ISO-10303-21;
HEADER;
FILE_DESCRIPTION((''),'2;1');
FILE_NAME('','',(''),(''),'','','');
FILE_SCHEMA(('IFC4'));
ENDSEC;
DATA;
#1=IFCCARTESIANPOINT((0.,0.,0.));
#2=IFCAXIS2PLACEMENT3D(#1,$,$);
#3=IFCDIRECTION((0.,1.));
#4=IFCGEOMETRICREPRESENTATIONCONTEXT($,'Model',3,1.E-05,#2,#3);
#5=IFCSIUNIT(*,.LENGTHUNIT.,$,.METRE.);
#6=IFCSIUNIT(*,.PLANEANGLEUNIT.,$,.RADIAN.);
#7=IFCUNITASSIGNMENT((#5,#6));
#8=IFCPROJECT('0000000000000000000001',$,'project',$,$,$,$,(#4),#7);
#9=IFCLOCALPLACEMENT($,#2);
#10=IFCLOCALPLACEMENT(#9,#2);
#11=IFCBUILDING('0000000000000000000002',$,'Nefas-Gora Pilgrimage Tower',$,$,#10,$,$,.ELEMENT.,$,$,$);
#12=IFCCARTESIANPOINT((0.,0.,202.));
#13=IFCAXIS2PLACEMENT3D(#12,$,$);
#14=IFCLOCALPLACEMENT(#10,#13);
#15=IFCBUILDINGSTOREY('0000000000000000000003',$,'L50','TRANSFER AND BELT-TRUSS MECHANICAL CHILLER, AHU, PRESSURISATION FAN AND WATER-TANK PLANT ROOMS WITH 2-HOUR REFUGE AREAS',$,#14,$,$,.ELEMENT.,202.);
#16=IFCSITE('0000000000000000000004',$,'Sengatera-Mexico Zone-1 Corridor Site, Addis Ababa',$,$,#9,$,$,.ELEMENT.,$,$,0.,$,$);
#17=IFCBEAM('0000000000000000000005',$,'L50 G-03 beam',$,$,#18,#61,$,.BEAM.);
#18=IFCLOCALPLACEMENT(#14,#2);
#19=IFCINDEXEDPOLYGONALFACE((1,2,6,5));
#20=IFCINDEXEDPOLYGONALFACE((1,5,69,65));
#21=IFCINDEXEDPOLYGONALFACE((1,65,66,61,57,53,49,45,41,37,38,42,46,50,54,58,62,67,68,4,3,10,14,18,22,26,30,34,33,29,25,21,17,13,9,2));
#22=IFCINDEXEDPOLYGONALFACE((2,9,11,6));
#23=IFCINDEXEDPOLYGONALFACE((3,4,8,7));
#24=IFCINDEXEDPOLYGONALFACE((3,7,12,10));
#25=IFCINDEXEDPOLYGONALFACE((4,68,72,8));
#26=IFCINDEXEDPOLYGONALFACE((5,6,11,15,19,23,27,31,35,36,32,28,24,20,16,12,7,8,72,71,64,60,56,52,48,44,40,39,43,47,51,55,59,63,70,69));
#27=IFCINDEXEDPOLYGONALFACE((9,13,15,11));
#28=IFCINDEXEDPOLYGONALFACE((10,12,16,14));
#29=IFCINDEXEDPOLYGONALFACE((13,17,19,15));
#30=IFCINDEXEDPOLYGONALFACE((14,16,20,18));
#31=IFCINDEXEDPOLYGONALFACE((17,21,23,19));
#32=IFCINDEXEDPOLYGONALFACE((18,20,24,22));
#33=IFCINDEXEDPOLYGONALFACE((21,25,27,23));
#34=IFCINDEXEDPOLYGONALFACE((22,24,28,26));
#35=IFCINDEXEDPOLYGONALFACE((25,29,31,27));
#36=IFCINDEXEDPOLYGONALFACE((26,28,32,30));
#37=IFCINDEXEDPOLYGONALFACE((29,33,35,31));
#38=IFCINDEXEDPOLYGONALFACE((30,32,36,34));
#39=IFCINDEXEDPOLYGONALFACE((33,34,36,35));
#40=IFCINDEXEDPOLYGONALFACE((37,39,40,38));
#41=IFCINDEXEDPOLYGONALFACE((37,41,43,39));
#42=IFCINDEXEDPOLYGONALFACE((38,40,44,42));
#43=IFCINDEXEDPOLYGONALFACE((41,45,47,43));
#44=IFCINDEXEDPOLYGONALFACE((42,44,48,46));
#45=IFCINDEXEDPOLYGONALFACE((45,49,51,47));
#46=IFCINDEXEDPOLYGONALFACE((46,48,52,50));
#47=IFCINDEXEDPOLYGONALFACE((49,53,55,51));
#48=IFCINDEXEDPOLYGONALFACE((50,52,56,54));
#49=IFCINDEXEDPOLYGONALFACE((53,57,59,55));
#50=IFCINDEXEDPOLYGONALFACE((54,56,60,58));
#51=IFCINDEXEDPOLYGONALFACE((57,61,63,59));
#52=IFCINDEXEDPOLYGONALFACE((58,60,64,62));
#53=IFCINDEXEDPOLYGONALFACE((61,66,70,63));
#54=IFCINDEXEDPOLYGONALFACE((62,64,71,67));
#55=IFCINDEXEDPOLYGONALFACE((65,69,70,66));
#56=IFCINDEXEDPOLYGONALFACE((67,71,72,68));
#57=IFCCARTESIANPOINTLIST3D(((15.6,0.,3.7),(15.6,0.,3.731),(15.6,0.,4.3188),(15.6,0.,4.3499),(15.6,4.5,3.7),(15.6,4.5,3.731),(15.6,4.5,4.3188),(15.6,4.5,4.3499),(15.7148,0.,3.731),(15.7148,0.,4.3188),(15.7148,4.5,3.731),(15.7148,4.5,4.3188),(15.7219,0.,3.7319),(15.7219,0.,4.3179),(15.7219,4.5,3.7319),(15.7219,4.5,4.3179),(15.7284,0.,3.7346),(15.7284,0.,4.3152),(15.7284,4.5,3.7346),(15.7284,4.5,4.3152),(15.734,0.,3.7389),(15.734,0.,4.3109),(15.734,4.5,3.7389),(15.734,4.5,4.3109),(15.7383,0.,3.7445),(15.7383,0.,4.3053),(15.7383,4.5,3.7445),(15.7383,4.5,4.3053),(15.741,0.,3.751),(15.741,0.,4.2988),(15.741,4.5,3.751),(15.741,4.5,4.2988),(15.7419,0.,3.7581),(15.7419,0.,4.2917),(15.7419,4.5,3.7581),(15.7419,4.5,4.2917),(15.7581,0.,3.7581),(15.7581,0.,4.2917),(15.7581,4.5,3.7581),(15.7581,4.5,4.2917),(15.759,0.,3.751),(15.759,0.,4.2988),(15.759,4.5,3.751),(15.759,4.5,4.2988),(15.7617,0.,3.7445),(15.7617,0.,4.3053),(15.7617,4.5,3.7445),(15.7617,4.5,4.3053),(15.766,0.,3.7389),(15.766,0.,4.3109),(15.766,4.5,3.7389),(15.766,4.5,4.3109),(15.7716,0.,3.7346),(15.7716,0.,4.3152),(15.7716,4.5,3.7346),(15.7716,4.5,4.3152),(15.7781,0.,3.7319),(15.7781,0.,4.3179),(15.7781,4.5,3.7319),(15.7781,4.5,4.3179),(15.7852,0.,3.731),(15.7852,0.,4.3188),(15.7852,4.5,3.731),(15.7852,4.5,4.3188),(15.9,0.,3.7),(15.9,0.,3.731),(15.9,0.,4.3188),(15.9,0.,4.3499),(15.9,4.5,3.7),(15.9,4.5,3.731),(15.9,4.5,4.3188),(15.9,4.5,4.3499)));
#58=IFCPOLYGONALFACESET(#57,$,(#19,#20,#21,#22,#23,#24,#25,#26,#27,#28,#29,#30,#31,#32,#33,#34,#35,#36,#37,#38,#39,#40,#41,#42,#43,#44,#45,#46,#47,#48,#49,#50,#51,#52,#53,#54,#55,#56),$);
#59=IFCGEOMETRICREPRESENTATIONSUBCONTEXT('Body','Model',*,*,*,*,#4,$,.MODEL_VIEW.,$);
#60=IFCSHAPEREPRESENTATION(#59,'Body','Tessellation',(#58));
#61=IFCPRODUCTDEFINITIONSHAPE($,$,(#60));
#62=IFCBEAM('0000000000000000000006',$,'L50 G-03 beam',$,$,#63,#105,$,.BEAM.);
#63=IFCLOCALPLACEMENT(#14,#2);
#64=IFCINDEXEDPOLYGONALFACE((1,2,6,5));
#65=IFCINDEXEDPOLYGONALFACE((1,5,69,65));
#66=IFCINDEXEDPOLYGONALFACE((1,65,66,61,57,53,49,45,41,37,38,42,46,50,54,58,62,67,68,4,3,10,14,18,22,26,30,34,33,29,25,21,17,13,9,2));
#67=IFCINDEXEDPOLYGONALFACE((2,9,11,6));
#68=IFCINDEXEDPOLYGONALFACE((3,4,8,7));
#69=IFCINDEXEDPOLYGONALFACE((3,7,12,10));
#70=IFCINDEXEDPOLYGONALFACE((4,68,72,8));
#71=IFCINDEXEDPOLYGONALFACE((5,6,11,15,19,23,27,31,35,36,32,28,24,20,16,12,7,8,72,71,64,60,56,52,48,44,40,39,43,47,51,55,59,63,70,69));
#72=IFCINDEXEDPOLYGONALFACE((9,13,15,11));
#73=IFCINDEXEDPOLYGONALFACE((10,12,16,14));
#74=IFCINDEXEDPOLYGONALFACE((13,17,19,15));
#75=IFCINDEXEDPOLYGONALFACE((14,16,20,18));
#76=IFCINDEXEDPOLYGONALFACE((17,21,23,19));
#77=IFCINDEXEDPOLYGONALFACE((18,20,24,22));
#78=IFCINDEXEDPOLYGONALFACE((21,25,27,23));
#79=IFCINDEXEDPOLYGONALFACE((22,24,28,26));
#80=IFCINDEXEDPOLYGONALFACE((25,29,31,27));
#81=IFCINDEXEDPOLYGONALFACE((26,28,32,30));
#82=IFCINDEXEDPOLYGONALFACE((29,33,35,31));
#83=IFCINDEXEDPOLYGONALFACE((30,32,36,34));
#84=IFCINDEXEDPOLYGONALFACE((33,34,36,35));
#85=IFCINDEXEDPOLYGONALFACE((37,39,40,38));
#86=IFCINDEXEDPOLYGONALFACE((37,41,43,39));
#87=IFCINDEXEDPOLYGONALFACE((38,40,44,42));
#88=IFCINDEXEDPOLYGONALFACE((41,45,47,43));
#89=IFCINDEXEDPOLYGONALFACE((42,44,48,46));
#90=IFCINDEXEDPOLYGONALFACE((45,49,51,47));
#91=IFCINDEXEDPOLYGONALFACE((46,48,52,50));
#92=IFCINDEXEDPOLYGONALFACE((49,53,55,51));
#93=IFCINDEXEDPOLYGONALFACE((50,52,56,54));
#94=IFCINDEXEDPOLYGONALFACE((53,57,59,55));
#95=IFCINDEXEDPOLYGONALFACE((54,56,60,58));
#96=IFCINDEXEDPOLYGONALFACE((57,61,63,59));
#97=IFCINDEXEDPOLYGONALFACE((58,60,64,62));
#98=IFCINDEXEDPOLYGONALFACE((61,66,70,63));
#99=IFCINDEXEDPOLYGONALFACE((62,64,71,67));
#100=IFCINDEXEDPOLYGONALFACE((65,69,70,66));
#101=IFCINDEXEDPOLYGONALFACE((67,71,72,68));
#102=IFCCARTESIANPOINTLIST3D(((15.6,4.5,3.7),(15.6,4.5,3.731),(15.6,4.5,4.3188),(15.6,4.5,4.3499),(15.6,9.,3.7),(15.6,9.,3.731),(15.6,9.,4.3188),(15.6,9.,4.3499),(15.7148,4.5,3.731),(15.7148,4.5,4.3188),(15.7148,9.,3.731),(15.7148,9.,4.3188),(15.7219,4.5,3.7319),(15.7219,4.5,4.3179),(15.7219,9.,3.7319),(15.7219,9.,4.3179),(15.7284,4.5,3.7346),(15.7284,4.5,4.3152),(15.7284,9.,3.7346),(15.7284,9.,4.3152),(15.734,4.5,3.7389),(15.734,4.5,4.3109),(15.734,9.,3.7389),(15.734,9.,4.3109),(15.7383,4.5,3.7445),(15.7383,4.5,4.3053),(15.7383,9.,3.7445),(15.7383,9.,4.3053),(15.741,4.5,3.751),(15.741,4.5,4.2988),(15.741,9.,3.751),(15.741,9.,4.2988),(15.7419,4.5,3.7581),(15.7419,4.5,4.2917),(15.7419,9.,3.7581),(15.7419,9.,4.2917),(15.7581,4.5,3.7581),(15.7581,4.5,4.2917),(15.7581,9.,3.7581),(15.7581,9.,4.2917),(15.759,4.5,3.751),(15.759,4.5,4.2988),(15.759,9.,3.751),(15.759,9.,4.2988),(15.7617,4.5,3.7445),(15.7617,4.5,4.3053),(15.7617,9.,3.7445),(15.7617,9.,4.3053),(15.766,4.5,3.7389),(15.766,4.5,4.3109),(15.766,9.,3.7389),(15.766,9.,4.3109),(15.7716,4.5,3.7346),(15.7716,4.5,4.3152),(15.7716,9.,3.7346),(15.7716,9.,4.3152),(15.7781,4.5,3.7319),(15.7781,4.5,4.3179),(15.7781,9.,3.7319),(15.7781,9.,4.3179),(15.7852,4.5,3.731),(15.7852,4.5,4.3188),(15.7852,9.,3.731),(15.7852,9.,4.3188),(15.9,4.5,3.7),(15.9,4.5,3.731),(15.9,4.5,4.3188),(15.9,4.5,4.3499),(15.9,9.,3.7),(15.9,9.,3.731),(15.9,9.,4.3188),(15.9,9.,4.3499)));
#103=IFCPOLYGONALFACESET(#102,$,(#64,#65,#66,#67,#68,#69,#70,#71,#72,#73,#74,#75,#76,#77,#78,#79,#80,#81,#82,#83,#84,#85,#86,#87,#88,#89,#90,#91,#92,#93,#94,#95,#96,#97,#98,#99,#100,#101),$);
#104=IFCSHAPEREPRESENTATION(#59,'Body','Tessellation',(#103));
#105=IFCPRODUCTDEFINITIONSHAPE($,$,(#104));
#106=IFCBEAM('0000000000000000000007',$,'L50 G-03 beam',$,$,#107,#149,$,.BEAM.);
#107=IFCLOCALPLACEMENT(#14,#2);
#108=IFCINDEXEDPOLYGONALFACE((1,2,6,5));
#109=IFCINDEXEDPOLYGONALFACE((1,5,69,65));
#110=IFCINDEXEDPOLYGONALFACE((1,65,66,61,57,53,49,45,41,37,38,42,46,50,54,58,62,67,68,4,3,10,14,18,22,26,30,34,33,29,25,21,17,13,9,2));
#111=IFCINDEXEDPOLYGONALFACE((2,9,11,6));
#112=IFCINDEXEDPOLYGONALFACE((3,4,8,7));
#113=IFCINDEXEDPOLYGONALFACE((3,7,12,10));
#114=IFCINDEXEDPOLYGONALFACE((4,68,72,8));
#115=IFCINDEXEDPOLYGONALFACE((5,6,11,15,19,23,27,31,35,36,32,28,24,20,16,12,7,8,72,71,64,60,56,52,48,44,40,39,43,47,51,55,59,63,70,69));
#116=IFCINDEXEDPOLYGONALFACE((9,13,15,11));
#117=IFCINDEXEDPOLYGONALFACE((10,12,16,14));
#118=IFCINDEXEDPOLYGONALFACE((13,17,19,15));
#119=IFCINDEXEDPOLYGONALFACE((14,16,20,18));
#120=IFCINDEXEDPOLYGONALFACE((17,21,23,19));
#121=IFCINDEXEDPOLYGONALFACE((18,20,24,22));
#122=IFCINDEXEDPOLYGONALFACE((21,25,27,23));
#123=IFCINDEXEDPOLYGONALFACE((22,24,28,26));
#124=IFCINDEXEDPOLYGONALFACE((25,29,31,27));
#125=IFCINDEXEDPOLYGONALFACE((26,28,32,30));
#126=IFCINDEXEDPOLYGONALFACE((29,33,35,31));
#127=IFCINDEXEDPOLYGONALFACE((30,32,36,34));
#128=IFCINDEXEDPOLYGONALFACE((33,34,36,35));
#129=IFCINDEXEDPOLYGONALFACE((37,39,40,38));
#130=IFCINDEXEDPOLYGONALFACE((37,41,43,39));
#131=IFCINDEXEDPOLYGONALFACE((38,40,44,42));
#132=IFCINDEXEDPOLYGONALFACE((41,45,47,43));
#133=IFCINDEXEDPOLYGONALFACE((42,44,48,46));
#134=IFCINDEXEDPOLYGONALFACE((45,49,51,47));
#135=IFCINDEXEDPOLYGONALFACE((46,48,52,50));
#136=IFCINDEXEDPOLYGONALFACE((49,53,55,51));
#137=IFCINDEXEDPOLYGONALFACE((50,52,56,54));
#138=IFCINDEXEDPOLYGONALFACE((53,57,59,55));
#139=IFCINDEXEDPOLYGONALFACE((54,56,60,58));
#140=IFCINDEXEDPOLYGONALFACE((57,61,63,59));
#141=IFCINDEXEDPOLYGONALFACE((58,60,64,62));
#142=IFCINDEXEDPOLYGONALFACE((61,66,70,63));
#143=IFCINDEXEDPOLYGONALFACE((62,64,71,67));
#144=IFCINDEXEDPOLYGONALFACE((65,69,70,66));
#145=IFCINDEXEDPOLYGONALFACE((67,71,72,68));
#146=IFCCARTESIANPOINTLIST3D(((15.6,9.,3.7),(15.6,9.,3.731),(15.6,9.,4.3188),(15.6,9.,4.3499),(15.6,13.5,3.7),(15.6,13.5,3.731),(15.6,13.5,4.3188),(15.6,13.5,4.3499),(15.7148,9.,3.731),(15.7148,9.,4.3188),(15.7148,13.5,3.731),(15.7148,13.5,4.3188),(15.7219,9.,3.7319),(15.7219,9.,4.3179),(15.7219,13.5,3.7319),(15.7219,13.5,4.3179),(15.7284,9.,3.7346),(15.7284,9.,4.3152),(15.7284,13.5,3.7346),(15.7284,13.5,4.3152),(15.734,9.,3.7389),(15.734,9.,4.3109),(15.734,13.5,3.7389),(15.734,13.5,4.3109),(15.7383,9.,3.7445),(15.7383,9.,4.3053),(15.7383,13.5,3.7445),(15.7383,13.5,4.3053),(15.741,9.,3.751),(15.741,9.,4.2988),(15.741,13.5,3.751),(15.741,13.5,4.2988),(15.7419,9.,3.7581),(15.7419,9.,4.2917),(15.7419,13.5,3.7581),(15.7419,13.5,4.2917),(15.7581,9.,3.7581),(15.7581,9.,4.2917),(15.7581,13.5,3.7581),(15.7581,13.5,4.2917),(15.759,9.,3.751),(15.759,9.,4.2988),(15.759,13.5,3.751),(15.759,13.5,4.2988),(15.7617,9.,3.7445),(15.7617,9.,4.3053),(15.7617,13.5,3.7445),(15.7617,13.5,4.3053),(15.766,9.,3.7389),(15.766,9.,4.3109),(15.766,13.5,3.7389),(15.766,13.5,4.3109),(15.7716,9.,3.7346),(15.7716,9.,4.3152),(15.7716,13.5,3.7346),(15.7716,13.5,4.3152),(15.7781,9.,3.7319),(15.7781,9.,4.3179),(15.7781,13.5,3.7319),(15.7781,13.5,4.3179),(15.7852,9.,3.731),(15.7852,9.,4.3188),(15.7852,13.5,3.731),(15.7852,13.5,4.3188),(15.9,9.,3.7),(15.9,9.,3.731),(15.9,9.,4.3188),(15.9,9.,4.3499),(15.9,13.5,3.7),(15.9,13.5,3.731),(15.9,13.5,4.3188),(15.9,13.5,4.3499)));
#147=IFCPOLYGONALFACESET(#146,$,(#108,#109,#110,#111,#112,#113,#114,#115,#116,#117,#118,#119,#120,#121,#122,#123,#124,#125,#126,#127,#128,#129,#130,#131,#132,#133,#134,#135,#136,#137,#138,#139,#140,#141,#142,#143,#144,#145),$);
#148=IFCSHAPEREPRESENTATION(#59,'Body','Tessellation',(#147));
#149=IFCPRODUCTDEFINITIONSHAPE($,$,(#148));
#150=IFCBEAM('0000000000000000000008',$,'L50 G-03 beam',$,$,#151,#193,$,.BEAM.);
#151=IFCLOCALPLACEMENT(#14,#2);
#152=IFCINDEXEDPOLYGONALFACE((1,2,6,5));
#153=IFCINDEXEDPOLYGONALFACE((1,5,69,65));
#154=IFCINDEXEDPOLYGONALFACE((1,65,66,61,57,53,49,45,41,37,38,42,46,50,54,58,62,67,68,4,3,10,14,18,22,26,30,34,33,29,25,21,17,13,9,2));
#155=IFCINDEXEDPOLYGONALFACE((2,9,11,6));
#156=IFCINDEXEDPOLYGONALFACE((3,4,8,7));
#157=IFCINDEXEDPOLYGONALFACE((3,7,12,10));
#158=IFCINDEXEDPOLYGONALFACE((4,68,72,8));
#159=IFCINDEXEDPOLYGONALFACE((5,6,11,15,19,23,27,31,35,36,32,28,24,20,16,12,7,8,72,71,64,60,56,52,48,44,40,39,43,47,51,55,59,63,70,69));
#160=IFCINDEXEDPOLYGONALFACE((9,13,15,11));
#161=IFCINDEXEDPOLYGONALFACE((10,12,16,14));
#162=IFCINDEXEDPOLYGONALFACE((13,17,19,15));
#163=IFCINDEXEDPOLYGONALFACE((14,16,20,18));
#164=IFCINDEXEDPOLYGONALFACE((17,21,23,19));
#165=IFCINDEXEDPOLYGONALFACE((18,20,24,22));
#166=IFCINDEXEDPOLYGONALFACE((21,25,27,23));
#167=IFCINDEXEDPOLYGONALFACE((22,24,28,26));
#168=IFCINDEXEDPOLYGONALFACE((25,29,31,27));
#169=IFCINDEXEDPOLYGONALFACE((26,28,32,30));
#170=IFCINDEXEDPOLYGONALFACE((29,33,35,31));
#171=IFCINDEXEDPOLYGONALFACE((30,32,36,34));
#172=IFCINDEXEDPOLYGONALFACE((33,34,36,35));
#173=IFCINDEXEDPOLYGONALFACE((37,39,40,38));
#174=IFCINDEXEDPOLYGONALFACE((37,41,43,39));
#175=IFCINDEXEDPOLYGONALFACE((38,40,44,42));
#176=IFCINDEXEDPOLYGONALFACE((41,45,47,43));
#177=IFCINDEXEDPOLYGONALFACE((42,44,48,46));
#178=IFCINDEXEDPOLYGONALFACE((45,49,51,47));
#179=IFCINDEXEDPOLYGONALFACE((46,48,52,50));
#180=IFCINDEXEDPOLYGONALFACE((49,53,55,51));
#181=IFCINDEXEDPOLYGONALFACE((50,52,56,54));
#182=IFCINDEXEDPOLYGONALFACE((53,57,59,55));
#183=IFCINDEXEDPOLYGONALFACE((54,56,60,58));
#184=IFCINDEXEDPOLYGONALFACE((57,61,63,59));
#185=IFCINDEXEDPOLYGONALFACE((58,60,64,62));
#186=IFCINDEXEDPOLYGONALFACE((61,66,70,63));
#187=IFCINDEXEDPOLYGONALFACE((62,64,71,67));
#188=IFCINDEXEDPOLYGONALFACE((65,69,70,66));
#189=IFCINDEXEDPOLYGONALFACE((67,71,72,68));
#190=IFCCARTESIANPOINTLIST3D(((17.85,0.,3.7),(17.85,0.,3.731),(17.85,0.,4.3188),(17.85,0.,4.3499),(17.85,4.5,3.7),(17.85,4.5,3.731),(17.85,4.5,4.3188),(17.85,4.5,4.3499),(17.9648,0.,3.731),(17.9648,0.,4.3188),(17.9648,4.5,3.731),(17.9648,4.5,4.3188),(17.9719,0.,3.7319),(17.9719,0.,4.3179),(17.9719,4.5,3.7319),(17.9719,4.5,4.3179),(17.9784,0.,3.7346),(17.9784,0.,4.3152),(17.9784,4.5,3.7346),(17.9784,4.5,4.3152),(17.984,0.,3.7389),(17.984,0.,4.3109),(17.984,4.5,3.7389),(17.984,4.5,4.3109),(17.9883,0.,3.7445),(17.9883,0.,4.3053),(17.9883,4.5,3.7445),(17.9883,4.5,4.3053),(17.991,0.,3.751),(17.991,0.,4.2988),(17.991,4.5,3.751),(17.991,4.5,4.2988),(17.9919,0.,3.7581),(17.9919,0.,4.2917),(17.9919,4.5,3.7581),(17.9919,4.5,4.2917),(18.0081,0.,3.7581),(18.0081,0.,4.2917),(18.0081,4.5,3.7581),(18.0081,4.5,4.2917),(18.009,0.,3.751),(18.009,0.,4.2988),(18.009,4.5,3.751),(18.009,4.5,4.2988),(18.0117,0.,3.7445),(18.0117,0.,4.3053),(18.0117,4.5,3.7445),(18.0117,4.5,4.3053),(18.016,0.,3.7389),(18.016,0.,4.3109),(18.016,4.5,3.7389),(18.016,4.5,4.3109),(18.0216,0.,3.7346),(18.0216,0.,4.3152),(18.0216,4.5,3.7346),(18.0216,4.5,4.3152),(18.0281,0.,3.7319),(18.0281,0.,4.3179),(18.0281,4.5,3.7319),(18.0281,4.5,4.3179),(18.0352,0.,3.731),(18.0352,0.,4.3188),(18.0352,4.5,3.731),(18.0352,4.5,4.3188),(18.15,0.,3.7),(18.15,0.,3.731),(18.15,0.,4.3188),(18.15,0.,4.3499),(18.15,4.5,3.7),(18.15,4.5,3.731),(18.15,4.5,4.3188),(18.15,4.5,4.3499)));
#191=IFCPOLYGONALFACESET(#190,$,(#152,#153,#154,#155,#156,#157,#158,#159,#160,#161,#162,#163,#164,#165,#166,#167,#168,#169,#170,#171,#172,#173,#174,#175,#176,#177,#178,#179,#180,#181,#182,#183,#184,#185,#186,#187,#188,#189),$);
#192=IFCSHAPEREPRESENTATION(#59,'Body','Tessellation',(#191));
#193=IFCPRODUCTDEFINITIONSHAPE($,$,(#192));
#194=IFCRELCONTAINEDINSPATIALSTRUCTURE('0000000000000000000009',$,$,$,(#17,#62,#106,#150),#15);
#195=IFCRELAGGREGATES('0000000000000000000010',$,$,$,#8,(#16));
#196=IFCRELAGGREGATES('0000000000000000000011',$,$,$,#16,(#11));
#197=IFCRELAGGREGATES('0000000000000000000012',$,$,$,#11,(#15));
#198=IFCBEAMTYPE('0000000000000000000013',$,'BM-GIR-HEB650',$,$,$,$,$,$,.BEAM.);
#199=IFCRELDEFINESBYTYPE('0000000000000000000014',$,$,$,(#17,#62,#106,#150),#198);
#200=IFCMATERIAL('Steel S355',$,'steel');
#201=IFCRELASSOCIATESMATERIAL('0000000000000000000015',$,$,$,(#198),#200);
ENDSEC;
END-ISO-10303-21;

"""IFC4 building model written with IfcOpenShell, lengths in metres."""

from ifc_helpers import new_model, si_unit, direction, frame, origin, origin_2d, place, context, subcontext, project, spatial, i_section, extrude, source, transform, mapped, material, material_profile, profile_set, type_object, element, save


model = new_model("IFC4")

# Units and contexts
model_context = context("Model", 3, precision=1e-05, world=origin(), true_north=direction((0.0, 1.0)))
body_context = subcontext(model_context, "Body", "Model", "MODEL_VIEW")
ifc_project = project(units=[si_unit("LENGTHUNIT", "METRE"), si_unit("PLANEANGLEUNIT", "RADIAN")], contexts=[model_context])

# Site, building, storey
site_placement = place(None, origin())
site = spatial("IfcSite", under=ifc_project, at=site_placement, Name="Sengatera-Mexico Zone-1 Corridor Site, Addis Ababa", CompositionType="ELEMENT", RefElevation=0.0)
building_placement = place(site_placement, origin())
building = spatial("IfcBuilding", under=site, at=building_placement, Name="Nefas-Gora Pilgrimage Tower", CompositionType="ELEMENT")
storey_placement = place(building_placement, frame((0.0, 0.0, 202.0)))
storey = spatial("IfcBuildingStorey", under=building, at=storey_placement, Name="L50", Description="TRANSFER AND BELT-TRUSS MECHANICAL CHILLER, AHU, PRESSURISATION FAN AND WATER-TANK PLANT ROOMS WITH 2-HOUR REFUGE AREAS", CompositionType="ELEMENT", Elevation=202.0)

# Beams
ifc_material_1 = material(Name="Steel S355", Category="steel")
ifc_material_profile_1 = material_profile(ifc_material_1, i_section(OverallWidth=0.3, OverallDepth=0.6499, WebThickness=0.0161, FlangeThickness=0.031, FilletRadius=0.0271, at=origin_2d()), Name="HEB 650")
ifc_profile_set_1 = profile_set([ifc_material_profile_1], Name="Steel S355")
beam_type_1 = type_object("IfcBeamType", Name="BM-GIR-HEB650", PredefinedType="BEAM", material=ifc_profile_set_1)
shared_shape_1 = source(origin(), body_context, "Body", "SweptSolid", [
    extrude(i_section(OverallWidth=0.3, OverallDepth=0.6499, WebThickness=0.0161, FlangeThickness=0.031, FilletRadius=0.0271, at=origin_2d()), origin(), (0.0, 0.0, 1.0), 4.5),
])
for number, where, z_axis, x_axis, name in (
    (1, (15.75, 0.0, 4.0249), (0.0, 1.0, 0.0), (-1.0, 0.0, 0.0), "L50 G-03 beam"),
    (2, (15.75, 4.5, 4.0249), (0.0, 1.0, 0.0), (-1.0, 0.0, 0.0), "L50 G-03 beam"),
    (3, (15.75, 9.0, 4.0249), (0.0, 1.0, 0.0), (-1.0, 0.0, 0.0), "L50 G-03 beam"),
    (4, (18.0, 0.0, 4.0249), (0.0, 1.0, 0.0), (-1.0, 0.0, 0.0), "L50 G-03 beam"),
):
    element("IfcBeam", number, at=place(storey_placement, frame(where, z_axis=z_axis, x_axis=x_axis)), inside=storey, type_object=beam_type_1, Name=name, PredefinedType="BEAM", context=body_context, shape_type="MappedRepresentation", body=[
        mapped(shared_shape_1, transform((0.0, 0.0, 0.0), x_axis=(1.0, 0.0, 0.0), y_axis=(0.0, 1.0, 0.0), z_axis=(0.0, 0.0, 1.0), scale=1.0)),
    ])

save(model, "model.ifc")
